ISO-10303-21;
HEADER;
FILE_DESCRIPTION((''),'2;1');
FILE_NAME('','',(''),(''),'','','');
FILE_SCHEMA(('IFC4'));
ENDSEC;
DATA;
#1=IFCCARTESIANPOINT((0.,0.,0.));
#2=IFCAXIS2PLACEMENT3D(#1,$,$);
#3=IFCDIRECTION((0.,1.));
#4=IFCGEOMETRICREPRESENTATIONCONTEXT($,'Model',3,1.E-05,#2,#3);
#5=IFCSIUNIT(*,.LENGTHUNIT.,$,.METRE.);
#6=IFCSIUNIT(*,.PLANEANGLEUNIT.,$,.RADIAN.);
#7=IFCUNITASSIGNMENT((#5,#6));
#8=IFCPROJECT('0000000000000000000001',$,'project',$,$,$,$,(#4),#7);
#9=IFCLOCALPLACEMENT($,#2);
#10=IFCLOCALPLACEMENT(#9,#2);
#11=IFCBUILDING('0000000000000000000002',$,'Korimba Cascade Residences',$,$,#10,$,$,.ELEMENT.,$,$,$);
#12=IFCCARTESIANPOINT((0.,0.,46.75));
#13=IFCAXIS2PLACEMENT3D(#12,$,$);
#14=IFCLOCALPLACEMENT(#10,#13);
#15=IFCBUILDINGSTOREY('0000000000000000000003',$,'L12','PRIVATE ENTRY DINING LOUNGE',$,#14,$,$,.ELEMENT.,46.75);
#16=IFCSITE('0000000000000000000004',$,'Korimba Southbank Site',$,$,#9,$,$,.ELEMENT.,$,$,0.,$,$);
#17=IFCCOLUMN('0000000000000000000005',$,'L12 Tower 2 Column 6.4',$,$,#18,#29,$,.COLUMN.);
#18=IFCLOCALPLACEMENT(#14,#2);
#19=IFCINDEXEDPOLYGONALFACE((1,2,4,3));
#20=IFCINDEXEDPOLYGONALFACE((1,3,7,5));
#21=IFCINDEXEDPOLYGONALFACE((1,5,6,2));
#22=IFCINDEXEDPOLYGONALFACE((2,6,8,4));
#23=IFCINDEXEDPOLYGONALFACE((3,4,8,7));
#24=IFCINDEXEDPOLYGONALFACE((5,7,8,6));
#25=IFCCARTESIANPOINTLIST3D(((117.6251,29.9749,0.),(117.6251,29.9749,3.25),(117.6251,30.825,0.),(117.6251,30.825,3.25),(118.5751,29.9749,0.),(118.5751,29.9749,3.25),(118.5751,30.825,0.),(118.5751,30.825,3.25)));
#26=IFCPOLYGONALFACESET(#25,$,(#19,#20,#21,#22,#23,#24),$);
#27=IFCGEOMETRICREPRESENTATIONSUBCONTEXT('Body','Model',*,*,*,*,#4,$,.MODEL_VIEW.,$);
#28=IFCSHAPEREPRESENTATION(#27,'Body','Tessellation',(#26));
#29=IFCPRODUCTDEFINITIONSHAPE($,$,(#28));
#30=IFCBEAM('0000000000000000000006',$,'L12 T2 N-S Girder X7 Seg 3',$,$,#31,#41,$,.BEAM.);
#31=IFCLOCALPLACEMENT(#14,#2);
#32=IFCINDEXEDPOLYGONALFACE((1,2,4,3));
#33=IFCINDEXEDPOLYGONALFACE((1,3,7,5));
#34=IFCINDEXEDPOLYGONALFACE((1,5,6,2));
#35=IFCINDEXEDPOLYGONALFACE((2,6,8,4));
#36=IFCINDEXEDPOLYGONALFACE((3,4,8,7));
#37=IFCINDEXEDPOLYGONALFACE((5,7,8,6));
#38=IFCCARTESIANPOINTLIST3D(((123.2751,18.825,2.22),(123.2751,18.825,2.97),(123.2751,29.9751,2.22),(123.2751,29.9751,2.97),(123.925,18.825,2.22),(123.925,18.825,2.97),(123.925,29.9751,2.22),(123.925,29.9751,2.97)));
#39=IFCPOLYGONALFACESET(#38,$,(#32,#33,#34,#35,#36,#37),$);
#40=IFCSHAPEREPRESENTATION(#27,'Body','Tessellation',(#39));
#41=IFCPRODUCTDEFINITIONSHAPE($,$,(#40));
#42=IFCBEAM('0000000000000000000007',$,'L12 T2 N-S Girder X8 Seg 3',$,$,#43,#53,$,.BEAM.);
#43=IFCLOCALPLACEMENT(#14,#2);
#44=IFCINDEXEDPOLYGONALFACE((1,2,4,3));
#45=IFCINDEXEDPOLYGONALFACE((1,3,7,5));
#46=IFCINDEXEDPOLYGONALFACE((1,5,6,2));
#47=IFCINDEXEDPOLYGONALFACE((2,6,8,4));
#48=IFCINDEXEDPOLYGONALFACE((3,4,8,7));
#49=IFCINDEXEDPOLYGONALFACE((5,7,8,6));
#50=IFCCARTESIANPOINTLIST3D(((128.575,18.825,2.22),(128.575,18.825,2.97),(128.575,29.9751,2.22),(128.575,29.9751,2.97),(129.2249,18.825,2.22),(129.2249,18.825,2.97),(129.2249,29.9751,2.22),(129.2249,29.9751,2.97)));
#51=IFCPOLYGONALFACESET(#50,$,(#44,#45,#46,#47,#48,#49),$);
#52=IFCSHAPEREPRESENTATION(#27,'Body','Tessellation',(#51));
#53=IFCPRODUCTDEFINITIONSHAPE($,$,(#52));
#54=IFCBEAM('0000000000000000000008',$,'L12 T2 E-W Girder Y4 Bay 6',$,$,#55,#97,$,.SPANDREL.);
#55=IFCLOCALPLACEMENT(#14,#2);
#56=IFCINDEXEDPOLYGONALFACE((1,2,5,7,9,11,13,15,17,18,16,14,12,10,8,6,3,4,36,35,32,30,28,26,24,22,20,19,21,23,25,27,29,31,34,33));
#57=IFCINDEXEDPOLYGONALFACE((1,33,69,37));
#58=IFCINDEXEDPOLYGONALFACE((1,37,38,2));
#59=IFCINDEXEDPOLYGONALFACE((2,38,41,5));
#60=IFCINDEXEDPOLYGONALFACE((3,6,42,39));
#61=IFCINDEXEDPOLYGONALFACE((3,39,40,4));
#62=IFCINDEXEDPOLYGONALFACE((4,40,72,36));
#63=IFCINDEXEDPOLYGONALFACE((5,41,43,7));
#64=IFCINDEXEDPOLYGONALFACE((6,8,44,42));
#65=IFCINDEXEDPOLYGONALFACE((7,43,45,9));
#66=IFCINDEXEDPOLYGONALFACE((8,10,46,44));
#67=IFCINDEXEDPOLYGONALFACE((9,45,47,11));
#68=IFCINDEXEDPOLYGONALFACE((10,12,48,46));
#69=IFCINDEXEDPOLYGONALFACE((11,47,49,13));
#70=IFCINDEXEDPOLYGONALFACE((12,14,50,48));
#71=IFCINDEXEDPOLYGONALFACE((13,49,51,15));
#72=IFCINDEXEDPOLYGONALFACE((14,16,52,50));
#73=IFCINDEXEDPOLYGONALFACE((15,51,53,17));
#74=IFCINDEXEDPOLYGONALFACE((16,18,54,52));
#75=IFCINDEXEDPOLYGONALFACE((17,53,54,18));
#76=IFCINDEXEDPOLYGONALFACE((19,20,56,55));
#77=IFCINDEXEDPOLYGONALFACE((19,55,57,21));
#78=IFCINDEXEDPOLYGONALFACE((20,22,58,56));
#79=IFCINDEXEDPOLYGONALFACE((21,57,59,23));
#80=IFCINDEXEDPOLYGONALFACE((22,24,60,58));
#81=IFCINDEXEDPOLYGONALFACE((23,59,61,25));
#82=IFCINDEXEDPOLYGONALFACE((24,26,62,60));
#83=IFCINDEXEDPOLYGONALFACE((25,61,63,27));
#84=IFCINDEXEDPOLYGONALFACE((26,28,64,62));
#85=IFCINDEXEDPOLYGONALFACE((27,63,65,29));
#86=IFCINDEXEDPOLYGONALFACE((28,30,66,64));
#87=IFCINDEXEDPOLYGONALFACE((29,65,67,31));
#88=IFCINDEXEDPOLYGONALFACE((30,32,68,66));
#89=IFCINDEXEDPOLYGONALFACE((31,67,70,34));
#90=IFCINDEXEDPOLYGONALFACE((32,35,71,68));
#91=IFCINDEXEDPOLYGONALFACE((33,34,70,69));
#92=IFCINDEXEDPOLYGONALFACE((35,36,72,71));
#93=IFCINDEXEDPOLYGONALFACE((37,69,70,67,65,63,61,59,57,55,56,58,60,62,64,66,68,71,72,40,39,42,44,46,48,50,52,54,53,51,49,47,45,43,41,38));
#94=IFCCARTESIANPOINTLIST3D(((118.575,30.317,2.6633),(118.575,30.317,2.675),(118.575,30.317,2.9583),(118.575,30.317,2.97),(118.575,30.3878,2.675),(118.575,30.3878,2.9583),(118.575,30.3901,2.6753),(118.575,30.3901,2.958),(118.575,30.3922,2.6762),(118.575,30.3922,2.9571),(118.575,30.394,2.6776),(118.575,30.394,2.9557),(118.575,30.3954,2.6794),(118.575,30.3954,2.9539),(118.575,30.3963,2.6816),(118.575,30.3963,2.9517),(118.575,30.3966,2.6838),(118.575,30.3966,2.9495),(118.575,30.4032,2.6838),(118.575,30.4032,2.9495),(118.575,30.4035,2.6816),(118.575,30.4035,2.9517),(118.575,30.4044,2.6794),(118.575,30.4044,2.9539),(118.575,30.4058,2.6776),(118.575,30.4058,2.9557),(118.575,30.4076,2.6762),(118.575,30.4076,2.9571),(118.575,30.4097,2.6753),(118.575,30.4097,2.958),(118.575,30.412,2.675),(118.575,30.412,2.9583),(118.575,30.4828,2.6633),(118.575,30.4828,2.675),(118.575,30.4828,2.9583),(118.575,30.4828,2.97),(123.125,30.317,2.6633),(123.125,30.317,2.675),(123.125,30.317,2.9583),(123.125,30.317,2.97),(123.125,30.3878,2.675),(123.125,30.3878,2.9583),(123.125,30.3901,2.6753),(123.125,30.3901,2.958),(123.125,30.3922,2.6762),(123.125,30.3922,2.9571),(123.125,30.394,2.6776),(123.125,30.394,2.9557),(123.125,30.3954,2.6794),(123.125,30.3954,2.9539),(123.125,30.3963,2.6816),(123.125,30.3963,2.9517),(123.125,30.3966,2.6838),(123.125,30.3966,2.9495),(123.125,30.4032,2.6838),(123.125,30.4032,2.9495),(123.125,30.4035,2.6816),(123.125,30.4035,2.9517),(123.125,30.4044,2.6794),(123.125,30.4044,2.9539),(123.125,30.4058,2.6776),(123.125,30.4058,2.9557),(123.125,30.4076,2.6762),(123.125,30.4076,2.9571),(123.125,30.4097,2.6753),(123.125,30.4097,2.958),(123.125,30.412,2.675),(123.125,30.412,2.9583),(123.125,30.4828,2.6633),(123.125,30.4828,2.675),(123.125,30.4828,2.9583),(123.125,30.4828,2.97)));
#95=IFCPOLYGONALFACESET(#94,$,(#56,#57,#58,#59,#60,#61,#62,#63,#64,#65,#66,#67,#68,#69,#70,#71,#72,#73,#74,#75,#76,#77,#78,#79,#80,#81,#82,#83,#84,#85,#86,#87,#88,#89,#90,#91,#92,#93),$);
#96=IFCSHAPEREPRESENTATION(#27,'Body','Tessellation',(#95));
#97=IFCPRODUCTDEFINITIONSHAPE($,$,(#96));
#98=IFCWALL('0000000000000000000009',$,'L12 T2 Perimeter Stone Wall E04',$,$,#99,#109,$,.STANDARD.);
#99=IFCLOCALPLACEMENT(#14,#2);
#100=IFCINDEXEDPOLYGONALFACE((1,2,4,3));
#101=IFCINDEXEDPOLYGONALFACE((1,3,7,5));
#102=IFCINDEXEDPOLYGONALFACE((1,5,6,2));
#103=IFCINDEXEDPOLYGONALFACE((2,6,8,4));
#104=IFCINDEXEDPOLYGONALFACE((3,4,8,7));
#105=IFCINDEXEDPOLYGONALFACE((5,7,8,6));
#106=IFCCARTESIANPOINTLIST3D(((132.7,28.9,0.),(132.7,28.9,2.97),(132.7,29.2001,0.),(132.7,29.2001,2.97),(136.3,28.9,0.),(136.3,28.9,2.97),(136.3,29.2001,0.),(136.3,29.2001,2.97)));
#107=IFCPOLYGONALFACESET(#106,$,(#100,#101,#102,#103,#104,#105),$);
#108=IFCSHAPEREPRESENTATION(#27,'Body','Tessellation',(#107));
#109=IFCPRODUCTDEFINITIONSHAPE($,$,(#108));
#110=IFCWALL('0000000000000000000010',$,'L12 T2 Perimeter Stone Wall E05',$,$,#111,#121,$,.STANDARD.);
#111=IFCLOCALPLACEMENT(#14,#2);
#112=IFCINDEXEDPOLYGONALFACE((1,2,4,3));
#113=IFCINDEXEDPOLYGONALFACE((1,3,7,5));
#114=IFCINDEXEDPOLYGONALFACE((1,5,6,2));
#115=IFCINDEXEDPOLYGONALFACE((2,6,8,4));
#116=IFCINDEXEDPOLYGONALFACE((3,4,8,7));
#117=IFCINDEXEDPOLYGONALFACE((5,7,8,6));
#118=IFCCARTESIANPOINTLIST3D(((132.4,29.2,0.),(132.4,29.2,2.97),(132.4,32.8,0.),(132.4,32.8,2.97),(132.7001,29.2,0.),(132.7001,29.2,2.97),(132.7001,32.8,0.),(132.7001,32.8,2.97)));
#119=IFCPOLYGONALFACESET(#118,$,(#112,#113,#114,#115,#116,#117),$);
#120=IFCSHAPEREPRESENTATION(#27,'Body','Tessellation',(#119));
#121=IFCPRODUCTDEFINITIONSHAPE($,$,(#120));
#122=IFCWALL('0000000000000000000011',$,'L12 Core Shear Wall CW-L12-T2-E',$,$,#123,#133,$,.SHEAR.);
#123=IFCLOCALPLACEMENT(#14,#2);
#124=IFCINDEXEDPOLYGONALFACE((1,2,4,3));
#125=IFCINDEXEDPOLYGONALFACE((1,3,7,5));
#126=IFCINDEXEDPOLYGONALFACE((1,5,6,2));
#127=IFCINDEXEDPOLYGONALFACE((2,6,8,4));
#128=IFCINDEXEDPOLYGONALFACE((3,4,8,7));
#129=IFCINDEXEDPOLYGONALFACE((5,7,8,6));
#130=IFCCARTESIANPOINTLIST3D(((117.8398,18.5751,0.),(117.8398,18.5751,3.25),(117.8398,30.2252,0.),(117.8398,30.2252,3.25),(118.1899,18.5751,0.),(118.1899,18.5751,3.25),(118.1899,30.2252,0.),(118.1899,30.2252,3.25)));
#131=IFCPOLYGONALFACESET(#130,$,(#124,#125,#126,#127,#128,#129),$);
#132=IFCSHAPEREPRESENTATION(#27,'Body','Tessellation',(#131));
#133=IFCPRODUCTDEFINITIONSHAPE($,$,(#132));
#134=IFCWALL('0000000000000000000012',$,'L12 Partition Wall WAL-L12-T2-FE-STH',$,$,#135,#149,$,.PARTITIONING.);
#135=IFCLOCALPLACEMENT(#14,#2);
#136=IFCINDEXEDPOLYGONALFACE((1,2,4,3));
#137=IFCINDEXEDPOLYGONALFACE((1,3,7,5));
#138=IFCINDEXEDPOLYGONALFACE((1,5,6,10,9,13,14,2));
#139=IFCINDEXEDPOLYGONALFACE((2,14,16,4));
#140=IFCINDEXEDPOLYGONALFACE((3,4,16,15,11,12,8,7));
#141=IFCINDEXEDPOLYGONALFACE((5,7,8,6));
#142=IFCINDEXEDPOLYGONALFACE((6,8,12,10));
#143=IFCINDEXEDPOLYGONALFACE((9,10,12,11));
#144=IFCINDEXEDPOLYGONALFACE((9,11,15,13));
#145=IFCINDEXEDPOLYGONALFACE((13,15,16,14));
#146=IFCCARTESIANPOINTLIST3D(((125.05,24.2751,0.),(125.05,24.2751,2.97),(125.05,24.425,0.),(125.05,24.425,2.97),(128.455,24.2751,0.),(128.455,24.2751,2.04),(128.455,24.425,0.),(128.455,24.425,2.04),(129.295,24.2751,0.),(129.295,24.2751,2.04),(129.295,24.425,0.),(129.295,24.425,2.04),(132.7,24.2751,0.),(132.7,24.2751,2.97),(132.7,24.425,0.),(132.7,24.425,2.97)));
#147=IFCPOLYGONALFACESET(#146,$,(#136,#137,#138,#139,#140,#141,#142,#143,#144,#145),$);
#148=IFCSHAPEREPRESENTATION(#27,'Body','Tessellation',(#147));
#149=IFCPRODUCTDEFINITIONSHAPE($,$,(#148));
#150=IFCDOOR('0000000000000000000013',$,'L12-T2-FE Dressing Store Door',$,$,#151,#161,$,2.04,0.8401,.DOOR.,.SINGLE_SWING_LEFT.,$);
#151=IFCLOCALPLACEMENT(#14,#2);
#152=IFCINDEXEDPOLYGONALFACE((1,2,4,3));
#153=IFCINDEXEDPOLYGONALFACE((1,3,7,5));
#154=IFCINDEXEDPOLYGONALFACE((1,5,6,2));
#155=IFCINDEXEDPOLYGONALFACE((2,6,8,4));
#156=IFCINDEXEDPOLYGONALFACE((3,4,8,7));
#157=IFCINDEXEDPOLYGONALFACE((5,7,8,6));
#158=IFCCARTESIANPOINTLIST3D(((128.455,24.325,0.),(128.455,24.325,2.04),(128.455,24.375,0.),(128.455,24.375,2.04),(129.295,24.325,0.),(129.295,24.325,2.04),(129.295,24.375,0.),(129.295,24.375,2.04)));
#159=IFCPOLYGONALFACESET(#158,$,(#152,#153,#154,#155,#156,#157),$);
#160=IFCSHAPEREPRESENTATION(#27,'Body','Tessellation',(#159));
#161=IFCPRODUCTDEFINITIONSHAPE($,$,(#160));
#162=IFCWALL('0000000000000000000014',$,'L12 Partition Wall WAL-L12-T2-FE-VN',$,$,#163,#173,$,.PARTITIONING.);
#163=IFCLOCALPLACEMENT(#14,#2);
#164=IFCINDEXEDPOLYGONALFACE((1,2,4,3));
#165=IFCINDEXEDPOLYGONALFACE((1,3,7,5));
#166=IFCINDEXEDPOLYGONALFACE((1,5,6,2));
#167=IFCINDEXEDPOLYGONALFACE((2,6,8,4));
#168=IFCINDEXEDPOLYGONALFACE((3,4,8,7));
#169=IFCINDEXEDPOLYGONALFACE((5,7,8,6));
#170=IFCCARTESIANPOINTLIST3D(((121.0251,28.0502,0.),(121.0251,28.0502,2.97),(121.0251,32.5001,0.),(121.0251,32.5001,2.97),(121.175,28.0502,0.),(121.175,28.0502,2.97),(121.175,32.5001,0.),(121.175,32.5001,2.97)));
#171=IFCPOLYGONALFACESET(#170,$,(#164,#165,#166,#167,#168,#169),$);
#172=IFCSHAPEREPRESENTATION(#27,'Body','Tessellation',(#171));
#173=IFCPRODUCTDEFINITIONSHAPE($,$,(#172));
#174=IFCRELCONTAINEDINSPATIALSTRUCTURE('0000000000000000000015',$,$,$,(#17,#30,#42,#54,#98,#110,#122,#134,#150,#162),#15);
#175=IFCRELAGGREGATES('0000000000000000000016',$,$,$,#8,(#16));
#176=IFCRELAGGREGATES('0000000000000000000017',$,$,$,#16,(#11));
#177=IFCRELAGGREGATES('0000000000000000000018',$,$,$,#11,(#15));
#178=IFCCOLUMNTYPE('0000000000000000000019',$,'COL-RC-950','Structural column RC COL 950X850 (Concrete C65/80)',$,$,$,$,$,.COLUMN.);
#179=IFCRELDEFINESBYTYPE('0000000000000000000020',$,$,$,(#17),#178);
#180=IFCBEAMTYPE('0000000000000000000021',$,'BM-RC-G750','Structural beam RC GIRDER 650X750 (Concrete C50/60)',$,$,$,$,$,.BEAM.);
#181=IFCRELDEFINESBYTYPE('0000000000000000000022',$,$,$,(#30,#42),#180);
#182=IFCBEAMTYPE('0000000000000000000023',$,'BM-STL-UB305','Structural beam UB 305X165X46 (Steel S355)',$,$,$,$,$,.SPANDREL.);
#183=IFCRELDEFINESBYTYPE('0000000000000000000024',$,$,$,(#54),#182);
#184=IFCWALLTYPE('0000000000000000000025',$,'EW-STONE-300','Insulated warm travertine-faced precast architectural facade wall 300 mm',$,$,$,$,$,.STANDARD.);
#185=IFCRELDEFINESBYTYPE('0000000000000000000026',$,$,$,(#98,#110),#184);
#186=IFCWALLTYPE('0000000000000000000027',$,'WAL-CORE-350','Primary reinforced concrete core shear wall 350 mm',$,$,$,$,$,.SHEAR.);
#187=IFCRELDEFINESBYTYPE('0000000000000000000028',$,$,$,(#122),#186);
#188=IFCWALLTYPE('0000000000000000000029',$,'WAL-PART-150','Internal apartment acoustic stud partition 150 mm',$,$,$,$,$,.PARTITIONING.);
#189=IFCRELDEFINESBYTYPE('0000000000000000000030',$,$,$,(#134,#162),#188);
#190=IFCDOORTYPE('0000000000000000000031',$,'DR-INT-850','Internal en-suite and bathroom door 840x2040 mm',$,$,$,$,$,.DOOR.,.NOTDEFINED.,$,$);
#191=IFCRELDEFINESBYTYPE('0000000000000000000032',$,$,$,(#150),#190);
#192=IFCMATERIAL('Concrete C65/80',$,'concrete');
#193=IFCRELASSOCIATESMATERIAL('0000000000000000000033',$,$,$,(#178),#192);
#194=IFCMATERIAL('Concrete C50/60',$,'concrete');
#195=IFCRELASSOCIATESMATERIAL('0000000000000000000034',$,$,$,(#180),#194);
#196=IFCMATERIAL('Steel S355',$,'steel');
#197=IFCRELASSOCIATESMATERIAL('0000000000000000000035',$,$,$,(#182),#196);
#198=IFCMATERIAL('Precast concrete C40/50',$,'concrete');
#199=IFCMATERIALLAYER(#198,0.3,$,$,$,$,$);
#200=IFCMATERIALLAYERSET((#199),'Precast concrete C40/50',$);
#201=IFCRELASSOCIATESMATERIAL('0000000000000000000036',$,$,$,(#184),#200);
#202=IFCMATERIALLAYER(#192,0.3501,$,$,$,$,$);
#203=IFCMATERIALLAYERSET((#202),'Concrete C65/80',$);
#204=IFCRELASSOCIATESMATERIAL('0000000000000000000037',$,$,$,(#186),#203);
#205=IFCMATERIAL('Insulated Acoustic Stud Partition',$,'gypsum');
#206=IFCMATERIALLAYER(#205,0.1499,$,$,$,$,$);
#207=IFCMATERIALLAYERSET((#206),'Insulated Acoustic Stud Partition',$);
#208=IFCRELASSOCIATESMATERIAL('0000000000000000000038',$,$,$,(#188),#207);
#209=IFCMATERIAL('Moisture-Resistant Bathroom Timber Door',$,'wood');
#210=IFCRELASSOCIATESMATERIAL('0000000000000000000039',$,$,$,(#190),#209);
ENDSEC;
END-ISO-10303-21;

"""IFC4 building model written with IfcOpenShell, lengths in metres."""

from ifc_helpers import new_model, si_unit, direction, frame, frame_2d, origin, origin_2d, place, context, subcontext, project, spatial, rectangle, i_section, extrude, material, layer, layer_set, material_profile, profile_set, type_object, element, fill, save


model = new_model("IFC4")

# Units and contexts
model_context = context("Model", 3, precision=1e-05, world=origin(), true_north=direction((0.0, 1.0)))
body_context = subcontext(model_context, "Body", "Model", "MODEL_VIEW")
ifc_project = project(units=[si_unit("LENGTHUNIT", "METRE"), si_unit("PLANEANGLEUNIT", "RADIAN")], contexts=[model_context])

# Site, building, storey
site_placement = place(None, origin())
site = spatial("IfcSite", under=ifc_project, at=site_placement, Name="Korimba Southbank Site", CompositionType="ELEMENT", RefElevation=0.0)
building_placement = place(site_placement, origin())
building = spatial("IfcBuilding", under=site, at=building_placement, Name="Korimba Cascade Residences", CompositionType="ELEMENT")
storey_placement = place(building_placement, frame((0.0, 0.0, 46.75)))
storey = spatial("IfcBuildingStorey", under=building, at=storey_placement, Name="L12", Description="PRIVATE ENTRY DINING LOUNGE", CompositionType="ELEMENT", Elevation=46.75)

# Column
ifc_material_1 = material(Name="Concrete C65/80", Category="concrete")
ifc_material_profile_1 = material_profile(ifc_material_1, rectangle(XDim=0.95, YDim=0.8501, at=origin_2d()), Name="Concrete C65/80")
ifc_profile_set_1 = profile_set([ifc_material_profile_1], Name="Concrete C65/80")
column_type = type_object("IfcColumnType", Name="COL-RC-950", Description="Structural column RC COL 950X850 (Concrete C65/80)", PredefinedType="COLUMN", material=ifc_profile_set_1)
column_placement = place(storey_placement, frame((118.1001, 30.3999, 0.0), z_axis=(0.0, 0.0, 1.0), x_axis=(1.0, 0.0, 0.0)))
element("IfcColumn", 1, at=column_placement, inside=storey, type_object=column_type, Name="L12 Tower 2 Column 6.4", PredefinedType="COLUMN", context=body_context, shape_type="SweptSolid", body=[
    extrude(rectangle(XDim=0.95, YDim=0.8501, at=origin_2d()), origin(), (0.0, 0.0, 1.0), 3.25),
])

# Beams
ifc_material_2 = material(Name="Concrete C50/60", Category="concrete")
ifc_material_profile_2 = material_profile(ifc_material_2, rectangle(XDim=0.6499, YDim=0.75, at=origin_2d()), Name="Concrete C50/60")
ifc_profile_set_2 = profile_set([ifc_material_profile_2], Name="Concrete C50/60")
beam_type_1 = type_object("IfcBeamType", Name="BM-RC-G750", Description="Structural beam RC GIRDER 650X750 (Concrete C50/60)", PredefinedType="BEAM", material=ifc_profile_set_2)
for number, where, z_axis, x_axis, name in (
    (2, (123.6001, 18.825, 2.595), (0.0, 1.0, 0.0), (-1.0, 0.0, 0.0), "L12 T2 N-S Girder X7 Seg 3"),
    (3, (128.8999, 18.825, 2.595), (0.0, 1.0, 0.0), (-1.0, 0.0, 0.0), "L12 T2 N-S Girder X8 Seg 3"),
):
    element("IfcBeam", number, at=place(storey_placement, frame(where, z_axis=z_axis, x_axis=x_axis)), inside=storey, type_object=beam_type_1, Name=name, PredefinedType="BEAM", context=body_context, shape_type="SweptSolid", body=[
        extrude(rectangle(XDim=0.6499, YDim=0.75, at=origin_2d()), origin(), (0.0, 0.0, 1.0), 11.1501),
    ])
ifc_material_3 = material(Name="Steel S355", Category="steel")
ifc_material_profile_3 = material_profile(ifc_material_3, i_section(OverallWidth=0.1658, OverallDepth=0.3066, WebThickness=0.0066, FlangeThickness=0.0117, FilletRadius=0.0088, at=origin_2d()), Name="Steel S355")
ifc_profile_set_3 = profile_set([ifc_material_profile_3], Name="Steel S355")
beam_type_2 = type_object("IfcBeamType", Name="BM-STL-UB305", Description="Structural beam UB 305X165X46 (Steel S355)", PredefinedType="SPANDREL", material=ifc_profile_set_3)
beam_placement = place(storey_placement, frame((118.575, 30.3999, 2.8167), z_axis=(1.0, 0.0, 0.0), x_axis=(0.0, 1.0, 0.0)))
element("IfcBeam", 4, at=beam_placement, inside=storey, type_object=beam_type_2, Name="L12 T2 E-W Girder Y4 Bay 6", PredefinedType="SPANDREL", context=body_context, shape_type="SweptSolid", body=[
    extrude(i_section(OverallWidth=0.1658, OverallDepth=0.3066, WebThickness=0.0066, FlangeThickness=0.0117, FilletRadius=0.0088, at=origin_2d()), origin(), (0.0, 0.0, 1.0), 4.55),
])

# Walls
ifc_material_4 = material(Name="Precast concrete C40/50", Category="concrete")
ifc_layer_1 = layer(ifc_material_4, 0.3)
ifc_layer_set_1 = layer_set([ifc_layer_1], Name="Precast concrete C40/50")
wall_type_1 = type_object("IfcWallType", Name="EW-STONE-300", Description="Insulated warm travertine-faced precast architectural facade wall 300 mm", PredefinedType="STANDARD", material=ifc_layer_set_1)
for number, where, z_axis, x_axis, name in (
    (5, (136.3, 29.05, 0.0), (0.0, 0.0, 1.0), (-1.0, 0.0, 0.0), "L12 T2 Perimeter Stone Wall E04"),
    (6, (132.55, 29.2, 0.0), (0.0, 0.0, 1.0), (0.0, 1.0, 0.0), "L12 T2 Perimeter Stone Wall E05"),
):
    element("IfcWall", number, at=place(storey_placement, frame(where, z_axis=z_axis, x_axis=x_axis)), inside=storey, type_object=wall_type_1, Name=name, PredefinedType="STANDARD", context=body_context, shape_type="SweptSolid", body=[
        extrude(rectangle(XDim=3.6001, YDim=0.3, at=frame_2d((1.8, 0.0))), origin(), (0.0, 0.0, 1.0), 2.97),
    ])
ifc_layer_2 = layer(ifc_material_1, 0.3501)
ifc_layer_set_2 = layer_set([ifc_layer_2], Name="Concrete C65/80")
wall_type_2 = type_object("IfcWallType", Name="WAL-CORE-350", Description="Primary reinforced concrete core shear wall 350 mm", PredefinedType="SHEAR", material=ifc_layer_set_2)
wall_1_placement = place(storey_placement, frame((118.0149, 18.575, 0.0), z_axis=(0.0, 0.0, 1.0), x_axis=(0.0, 1.0, 0.0)))
element("IfcWall", 7, at=wall_1_placement, inside=storey, type_object=wall_type_2, Name="L12 Core Shear Wall CW-L12-T2-E", PredefinedType="SHEAR", context=body_context, shape_type="SweptSolid", body=[
    extrude(rectangle(XDim=11.6501, YDim=0.3501, at=frame_2d((5.8252, 0.0))), origin(), (0.0, 0.0, 1.0), 3.25),
])

# Wall, opening, door
ifc_material_5 = material(Name="Insulated Acoustic Stud Partition", Category="gypsum")
ifc_layer_3 = layer(ifc_material_5, 0.1499)
ifc_layer_set_3 = layer_set([ifc_layer_3], Name="Insulated Acoustic Stud Partition")
wall_type_3 = type_object("IfcWallType", Name="WAL-PART-150", Description="Internal apartment acoustic stud partition 150 mm", PredefinedType="PARTITIONING", material=ifc_layer_set_3)
wall_2_placement = place(storey_placement, frame((125.05, 24.3501, 0.0), z_axis=(0.0, 0.0, 1.0), x_axis=(1.0, 0.0, 0.0)))
wall_2 = element("IfcWall", 8, at=wall_2_placement, inside=storey, type_object=wall_type_3, Name="L12 Partition Wall WAL-L12-T2-FE-STH", PredefinedType="PARTITIONING", context=body_context, shape_type="SweptSolid", body=[
    extrude(rectangle(XDim=7.6499, YDim=0.1499, at=frame_2d((3.825, 0.0))), origin(), (0.0, 0.0, 1.0), 2.97),
])
opening_1_placement = place(wall_2_placement, frame((3.405, 0.0, 0.0)))
opening_1 = element("IfcOpeningElement", 9, at=opening_1_placement, cuts=wall_2, PredefinedType="OPENING", context=body_context, shape_type="SweptSolid", body=[
    extrude(rectangle(XDim=0.8401, YDim=2.04, at=frame_2d((0.4199, 1.02))), frame((0.0, 0.085, 0.0), z_axis=(0.0, -1.0, 0.0), x_axis=(1.0, 0.0, 0.0)), (0.0, 0.0, 1.0), 0.1699),
])
ifc_material_6 = material(Name="Moisture-Resistant Bathroom Timber Door", Category="wood")
door_type_1 = type_object("IfcDoorType", Name="DR-INT-850", Description="Internal en-suite and bathroom door 840x2040 mm", OperationType="NOTDEFINED", PredefinedType="DOOR", material=ifc_material_6)
door_1_placement = place(opening_1_placement, origin())
door_1 = element("IfcDoor", 10, at=door_1_placement, inside=storey, type_object=door_type_1, Name="L12-T2-FE Dressing Store Door", OperationType="SINGLE_SWING_LEFT", OverallHeight=2.04, OverallWidth=0.8401, PredefinedType="DOOR", context=body_context, shape_type="SweptSolid", body=[
    extrude(rectangle(XDim=0.8401, YDim=2.04, at=frame_2d((0.4199, 1.02))), frame((0.0, 0.0249, 0.0), z_axis=(0.0, -1.0, 0.0), x_axis=(1.0, 0.0, 0.0)), (0.0, 0.0, 1.0), 0.05),
])
fill(opening_1, door_1)

# Wall
wall_3_placement = place(storey_placement, frame((121.1001, 28.05, 0.0), z_axis=(0.0, 0.0, 1.0), x_axis=(0.0, 1.0, 0.0)))
element("IfcWall", 11, at=wall_3_placement, inside=storey, type_object=wall_type_3, Name="L12 Partition Wall WAL-L12-T2-FE-VN", PredefinedType="PARTITIONING", context=body_context, shape_type="SweptSolid", body=[
    extrude(rectangle(XDim=4.45, YDim=0.1499, at=frame_2d((2.2251, 0.0))), origin(), (0.0, 0.0, 1.0), 2.97),
])

save(model, "model.ifc")
